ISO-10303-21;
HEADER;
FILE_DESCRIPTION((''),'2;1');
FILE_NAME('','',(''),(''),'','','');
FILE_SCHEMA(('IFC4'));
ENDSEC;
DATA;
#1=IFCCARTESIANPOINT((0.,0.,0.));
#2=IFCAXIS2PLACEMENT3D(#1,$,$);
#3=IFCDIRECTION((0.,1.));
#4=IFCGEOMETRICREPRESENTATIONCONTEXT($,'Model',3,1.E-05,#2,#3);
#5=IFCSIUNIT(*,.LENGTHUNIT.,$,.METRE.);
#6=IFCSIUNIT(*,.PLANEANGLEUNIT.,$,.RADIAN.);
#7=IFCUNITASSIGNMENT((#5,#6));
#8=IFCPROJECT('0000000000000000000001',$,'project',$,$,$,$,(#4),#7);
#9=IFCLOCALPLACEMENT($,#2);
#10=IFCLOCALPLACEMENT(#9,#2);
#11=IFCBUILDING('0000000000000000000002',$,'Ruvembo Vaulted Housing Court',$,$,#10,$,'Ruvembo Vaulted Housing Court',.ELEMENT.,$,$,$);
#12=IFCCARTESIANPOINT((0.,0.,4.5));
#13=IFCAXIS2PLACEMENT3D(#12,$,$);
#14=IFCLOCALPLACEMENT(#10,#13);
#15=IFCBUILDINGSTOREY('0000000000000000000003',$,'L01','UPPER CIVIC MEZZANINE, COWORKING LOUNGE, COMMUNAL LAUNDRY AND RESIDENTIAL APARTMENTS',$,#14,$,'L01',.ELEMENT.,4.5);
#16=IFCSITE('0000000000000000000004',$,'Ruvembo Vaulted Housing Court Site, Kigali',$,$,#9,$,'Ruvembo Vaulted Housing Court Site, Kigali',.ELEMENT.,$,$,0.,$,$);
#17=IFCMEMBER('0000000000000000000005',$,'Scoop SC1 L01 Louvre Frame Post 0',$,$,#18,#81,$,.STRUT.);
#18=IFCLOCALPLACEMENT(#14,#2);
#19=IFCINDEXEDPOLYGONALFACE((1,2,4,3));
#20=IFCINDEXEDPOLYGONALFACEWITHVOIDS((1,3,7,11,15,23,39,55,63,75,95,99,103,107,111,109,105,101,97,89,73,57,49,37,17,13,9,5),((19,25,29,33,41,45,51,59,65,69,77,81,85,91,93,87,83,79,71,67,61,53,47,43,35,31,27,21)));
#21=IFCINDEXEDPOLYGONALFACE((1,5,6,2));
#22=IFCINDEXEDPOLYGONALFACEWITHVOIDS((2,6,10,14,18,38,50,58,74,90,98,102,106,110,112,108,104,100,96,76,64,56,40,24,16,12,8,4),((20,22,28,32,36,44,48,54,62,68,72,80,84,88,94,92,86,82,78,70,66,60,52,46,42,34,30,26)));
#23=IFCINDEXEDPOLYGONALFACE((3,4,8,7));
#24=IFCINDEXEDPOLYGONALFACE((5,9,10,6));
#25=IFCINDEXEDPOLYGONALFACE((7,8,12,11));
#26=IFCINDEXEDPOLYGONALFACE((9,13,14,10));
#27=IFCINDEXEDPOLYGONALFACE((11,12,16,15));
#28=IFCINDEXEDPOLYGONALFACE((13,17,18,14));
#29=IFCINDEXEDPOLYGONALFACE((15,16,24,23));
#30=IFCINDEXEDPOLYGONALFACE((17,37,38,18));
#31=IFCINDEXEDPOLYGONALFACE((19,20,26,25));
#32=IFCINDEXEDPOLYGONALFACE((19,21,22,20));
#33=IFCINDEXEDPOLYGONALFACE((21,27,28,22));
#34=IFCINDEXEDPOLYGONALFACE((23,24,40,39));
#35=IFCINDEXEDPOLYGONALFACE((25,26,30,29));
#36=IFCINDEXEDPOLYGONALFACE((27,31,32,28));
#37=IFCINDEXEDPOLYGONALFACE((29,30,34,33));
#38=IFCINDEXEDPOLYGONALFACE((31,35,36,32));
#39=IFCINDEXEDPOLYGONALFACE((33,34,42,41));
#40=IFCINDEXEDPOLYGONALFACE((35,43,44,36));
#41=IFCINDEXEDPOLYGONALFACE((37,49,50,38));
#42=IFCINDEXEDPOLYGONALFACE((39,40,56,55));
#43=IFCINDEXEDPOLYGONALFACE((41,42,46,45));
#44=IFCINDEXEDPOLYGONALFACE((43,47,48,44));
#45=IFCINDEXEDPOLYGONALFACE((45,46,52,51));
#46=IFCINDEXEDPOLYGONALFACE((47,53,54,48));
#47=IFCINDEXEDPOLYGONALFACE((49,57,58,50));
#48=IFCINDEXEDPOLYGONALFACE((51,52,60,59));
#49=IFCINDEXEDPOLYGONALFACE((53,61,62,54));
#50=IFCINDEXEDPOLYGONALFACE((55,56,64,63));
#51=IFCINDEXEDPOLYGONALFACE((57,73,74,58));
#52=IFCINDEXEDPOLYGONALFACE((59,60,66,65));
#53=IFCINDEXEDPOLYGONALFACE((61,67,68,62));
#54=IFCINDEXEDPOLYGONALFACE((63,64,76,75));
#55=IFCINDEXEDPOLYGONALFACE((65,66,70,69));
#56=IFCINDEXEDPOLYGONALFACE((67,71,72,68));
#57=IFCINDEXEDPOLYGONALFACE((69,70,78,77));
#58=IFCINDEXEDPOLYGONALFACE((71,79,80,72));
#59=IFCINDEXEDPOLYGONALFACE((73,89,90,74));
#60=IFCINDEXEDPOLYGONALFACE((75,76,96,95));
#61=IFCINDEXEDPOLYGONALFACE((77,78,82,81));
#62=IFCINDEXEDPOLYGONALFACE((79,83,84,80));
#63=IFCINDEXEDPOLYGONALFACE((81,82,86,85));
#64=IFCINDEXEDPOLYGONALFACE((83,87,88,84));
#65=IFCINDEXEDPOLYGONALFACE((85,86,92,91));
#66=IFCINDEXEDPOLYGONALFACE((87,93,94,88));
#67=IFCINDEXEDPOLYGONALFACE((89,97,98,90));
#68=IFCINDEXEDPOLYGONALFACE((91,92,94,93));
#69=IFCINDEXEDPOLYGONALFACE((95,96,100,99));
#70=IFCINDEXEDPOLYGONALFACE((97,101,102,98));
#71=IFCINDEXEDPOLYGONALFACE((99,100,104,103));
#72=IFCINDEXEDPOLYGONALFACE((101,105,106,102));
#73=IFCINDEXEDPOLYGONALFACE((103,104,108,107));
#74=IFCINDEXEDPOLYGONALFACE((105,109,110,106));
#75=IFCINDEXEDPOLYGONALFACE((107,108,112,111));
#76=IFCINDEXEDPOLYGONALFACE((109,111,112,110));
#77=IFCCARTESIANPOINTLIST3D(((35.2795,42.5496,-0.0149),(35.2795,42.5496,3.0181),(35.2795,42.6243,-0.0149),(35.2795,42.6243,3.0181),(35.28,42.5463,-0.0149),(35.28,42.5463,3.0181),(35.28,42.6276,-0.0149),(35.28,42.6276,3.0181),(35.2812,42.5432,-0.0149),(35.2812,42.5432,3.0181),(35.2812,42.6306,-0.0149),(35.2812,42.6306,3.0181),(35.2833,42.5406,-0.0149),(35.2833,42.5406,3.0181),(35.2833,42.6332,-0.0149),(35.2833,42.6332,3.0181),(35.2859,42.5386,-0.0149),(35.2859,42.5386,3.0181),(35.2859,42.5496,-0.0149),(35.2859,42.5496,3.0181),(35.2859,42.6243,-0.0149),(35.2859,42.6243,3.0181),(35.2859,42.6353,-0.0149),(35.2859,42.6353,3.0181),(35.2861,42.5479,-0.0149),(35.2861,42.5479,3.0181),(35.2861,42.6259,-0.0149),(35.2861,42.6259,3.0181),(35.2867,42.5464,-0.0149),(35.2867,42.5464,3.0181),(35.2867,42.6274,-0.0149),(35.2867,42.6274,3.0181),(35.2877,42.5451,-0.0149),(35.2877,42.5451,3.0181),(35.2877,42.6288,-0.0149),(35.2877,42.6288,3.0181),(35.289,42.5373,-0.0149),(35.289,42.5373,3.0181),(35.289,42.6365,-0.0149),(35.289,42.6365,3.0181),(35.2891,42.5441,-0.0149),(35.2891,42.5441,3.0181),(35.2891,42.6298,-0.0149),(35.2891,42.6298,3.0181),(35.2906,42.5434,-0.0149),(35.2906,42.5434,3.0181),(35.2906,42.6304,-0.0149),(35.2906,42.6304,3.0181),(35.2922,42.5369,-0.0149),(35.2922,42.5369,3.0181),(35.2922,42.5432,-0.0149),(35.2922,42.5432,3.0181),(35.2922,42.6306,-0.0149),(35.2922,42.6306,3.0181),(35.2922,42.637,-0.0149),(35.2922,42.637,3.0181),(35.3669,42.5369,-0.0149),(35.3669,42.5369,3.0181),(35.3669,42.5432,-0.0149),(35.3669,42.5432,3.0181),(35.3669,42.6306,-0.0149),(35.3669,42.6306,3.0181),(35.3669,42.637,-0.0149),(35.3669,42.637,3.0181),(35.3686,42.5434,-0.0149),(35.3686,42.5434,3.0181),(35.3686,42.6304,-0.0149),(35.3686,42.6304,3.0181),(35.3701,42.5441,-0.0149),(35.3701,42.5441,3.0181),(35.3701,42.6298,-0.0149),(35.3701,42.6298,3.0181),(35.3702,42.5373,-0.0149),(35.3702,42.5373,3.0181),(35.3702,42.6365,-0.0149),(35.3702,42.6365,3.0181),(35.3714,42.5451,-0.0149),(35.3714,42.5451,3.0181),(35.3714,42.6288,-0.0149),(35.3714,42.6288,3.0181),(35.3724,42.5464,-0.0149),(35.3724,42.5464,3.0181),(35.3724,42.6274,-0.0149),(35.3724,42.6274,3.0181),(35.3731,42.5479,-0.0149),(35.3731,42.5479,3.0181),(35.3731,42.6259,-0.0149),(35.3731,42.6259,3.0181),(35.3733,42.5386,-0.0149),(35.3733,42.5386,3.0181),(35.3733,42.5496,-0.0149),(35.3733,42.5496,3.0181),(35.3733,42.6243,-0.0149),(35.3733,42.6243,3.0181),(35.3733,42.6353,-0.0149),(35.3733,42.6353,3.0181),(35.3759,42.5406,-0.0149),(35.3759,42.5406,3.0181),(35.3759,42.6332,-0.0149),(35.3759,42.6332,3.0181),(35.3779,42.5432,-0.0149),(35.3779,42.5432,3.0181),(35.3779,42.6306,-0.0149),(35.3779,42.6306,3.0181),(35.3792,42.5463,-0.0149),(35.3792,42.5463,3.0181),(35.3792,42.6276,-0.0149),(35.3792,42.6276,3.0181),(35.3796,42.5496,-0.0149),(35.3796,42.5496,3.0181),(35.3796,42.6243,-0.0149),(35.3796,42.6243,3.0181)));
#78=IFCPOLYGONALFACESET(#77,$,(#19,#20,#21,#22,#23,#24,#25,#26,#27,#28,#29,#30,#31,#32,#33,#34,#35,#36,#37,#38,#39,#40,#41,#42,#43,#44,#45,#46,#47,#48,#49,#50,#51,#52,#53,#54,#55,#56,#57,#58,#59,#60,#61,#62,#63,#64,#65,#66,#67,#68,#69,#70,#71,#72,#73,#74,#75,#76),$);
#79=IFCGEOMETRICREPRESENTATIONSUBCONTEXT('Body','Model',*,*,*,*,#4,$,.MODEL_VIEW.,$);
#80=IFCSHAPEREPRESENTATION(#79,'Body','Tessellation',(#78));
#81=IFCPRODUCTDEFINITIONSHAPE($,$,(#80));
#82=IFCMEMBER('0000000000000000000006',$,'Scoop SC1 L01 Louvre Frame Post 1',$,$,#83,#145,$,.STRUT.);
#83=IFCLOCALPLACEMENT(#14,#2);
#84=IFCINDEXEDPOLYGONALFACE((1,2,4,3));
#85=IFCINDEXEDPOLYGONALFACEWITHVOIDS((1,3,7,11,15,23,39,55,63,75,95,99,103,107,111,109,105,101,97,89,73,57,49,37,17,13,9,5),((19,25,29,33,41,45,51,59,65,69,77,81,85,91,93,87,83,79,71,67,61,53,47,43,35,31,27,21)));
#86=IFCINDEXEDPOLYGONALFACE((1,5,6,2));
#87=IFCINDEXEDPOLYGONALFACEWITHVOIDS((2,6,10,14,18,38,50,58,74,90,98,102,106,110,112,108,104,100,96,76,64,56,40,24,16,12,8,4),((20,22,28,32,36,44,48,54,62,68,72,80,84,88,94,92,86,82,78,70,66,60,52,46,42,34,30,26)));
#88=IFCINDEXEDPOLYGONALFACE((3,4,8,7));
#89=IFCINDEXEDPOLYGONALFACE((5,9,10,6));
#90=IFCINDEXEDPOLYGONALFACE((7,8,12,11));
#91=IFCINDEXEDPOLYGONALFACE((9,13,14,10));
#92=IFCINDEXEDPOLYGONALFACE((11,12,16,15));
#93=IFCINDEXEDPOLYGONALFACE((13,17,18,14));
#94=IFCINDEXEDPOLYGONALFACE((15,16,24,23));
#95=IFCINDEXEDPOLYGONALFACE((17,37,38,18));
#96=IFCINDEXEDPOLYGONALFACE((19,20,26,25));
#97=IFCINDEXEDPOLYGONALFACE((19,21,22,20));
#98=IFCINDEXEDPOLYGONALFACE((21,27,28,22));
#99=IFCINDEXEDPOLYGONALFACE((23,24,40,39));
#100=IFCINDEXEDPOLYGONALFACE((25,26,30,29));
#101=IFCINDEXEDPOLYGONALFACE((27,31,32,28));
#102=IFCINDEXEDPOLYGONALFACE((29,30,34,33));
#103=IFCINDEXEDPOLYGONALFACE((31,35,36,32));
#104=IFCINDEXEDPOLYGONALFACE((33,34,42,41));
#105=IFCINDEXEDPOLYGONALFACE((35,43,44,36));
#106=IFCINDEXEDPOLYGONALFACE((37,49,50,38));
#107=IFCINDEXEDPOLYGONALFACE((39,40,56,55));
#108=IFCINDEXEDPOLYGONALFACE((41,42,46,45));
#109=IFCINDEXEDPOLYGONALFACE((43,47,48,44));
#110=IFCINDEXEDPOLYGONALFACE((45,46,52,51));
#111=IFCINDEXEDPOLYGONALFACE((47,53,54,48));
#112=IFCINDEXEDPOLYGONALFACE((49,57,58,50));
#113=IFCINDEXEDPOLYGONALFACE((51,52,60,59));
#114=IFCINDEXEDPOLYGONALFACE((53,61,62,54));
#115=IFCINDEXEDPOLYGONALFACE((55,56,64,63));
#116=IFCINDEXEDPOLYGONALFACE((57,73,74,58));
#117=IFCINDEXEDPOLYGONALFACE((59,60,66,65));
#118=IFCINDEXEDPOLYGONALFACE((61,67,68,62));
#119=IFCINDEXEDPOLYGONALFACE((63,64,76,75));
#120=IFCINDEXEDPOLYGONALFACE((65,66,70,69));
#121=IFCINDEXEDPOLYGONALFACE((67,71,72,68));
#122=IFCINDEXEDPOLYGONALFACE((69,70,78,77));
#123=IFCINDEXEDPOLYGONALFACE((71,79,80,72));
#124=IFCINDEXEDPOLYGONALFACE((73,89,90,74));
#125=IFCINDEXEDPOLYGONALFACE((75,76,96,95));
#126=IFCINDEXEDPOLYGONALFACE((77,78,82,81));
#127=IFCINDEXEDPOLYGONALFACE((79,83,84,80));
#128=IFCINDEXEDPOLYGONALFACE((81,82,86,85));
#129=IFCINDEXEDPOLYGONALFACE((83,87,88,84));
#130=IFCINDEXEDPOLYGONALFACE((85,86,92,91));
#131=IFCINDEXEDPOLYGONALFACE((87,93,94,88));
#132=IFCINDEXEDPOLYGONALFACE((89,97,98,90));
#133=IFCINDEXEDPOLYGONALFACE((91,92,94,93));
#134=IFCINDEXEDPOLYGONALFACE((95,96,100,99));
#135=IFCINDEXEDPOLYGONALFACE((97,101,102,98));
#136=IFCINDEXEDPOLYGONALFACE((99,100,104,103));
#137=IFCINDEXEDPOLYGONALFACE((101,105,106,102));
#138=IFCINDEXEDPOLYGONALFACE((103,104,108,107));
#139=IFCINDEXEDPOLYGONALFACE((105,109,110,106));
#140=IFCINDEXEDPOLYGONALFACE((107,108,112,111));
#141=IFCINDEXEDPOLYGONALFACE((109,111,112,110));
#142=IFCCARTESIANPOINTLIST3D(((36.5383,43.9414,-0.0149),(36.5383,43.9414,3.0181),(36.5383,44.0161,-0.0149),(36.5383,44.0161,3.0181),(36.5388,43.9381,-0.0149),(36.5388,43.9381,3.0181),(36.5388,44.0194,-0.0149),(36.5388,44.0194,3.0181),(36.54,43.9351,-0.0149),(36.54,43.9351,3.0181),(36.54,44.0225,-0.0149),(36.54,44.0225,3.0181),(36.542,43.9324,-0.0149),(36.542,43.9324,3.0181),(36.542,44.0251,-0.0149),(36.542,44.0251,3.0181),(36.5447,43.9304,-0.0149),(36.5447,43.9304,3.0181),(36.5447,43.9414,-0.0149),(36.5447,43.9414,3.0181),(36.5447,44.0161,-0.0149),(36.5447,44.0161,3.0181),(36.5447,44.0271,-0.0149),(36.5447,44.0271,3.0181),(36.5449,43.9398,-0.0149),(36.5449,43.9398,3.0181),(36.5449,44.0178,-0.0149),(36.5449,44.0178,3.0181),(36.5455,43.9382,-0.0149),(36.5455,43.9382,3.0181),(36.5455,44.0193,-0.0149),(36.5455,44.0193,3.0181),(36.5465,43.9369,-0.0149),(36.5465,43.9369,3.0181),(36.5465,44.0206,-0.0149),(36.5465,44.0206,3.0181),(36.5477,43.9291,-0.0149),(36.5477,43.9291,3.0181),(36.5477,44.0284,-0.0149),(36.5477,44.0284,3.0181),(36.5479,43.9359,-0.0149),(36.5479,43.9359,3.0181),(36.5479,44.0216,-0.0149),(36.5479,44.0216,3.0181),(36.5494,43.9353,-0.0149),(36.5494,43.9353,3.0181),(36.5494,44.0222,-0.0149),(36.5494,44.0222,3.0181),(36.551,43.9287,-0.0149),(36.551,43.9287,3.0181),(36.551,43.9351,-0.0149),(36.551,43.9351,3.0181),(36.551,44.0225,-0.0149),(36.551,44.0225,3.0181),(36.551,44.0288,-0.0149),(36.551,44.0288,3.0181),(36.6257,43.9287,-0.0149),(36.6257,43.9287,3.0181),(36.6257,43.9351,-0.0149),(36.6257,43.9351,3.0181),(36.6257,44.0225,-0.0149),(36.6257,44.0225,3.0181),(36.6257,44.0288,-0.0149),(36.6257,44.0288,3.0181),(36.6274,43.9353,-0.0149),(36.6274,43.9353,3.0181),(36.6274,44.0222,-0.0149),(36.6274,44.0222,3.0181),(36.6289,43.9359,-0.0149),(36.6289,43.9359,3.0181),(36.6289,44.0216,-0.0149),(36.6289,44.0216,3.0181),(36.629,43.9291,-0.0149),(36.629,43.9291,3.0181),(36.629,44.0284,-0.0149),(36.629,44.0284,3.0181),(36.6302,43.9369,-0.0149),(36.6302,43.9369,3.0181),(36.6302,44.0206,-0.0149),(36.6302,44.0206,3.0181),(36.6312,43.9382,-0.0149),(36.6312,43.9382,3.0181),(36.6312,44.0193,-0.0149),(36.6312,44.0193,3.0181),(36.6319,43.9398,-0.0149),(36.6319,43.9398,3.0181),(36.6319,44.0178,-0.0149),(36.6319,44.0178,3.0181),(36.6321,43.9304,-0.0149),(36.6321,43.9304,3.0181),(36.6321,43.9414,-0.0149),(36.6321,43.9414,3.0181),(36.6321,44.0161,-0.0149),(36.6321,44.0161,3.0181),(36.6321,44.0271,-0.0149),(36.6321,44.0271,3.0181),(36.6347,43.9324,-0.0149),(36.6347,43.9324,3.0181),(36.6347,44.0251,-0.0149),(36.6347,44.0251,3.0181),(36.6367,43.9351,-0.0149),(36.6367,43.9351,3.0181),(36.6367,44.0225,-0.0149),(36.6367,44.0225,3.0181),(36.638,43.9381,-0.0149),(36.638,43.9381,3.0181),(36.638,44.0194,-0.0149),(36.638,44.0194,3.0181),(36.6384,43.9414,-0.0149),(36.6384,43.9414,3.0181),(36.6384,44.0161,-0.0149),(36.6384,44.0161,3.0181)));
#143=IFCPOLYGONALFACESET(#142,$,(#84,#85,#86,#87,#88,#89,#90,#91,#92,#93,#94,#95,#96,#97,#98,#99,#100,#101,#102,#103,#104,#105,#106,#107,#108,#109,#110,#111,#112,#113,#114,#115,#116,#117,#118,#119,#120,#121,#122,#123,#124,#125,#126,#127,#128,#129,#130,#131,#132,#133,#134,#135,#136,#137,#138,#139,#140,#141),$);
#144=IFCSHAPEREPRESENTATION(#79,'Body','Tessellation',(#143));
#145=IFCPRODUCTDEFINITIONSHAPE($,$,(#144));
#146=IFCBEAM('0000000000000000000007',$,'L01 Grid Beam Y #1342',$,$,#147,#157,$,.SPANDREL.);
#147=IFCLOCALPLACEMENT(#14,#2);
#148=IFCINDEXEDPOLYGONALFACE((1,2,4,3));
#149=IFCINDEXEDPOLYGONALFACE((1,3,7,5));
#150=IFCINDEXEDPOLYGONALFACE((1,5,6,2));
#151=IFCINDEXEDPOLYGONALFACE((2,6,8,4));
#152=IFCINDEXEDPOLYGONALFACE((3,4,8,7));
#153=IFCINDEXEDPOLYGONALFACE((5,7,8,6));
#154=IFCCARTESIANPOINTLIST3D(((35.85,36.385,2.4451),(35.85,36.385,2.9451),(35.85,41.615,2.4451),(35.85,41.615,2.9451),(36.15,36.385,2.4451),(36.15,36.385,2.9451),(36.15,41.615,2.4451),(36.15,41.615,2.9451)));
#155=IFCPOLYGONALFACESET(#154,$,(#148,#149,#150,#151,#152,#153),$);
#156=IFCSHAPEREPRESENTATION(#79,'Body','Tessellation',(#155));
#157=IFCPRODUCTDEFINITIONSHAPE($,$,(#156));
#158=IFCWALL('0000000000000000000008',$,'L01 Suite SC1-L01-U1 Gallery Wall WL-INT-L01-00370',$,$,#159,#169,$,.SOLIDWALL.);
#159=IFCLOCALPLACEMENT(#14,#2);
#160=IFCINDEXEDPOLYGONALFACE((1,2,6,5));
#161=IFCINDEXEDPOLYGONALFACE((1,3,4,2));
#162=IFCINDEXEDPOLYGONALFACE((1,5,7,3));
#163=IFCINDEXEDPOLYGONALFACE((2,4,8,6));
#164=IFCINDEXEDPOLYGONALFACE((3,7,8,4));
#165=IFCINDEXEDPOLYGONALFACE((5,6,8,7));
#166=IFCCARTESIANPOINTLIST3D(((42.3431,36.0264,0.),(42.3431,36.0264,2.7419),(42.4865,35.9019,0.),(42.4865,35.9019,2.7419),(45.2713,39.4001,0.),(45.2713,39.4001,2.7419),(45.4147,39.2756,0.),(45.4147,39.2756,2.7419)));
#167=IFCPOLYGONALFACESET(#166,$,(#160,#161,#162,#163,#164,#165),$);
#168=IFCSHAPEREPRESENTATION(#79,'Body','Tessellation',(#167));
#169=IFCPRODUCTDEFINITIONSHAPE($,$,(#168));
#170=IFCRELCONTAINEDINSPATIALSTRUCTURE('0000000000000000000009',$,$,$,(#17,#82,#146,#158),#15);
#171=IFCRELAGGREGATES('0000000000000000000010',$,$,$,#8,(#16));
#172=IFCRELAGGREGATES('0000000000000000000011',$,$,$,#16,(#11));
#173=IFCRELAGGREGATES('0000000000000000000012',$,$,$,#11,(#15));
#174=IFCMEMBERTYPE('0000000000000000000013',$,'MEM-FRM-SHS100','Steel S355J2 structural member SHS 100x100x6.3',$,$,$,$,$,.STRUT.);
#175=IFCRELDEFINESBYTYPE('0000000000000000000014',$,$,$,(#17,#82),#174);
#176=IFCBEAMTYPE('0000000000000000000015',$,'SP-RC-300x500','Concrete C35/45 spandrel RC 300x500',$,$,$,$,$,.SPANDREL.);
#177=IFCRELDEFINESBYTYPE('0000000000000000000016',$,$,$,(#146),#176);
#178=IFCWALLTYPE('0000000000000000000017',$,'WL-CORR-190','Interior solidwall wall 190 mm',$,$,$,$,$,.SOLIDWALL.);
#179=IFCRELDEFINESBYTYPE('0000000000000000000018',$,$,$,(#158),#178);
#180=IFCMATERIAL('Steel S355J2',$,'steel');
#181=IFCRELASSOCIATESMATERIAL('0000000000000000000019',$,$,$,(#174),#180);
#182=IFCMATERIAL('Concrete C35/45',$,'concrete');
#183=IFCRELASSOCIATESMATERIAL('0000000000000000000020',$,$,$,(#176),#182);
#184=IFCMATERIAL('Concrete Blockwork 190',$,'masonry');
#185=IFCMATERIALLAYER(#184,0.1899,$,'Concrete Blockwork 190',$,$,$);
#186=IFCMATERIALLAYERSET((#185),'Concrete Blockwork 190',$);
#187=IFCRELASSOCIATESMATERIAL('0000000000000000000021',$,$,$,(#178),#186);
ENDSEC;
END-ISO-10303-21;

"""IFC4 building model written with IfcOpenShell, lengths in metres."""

from ifc_helpers import new_model, si_unit, direction, frame, frame_2d, origin, origin_2d, place, context, subcontext, project, spatial, rectangle, hollow_rectangle, extrude, material, layer, layer_set, material_profile, profile_set, type_object, element, save


model = new_model("IFC4")

# Units and contexts
model_context = context("Model", 3, precision=1e-05, world=origin(), true_north=direction((0.0, 1.0)))
body_context = subcontext(model_context, "Body", "Model", "MODEL_VIEW")
ifc_project = project(units=[si_unit("LENGTHUNIT", "METRE"), si_unit("PLANEANGLEUNIT", "RADIAN")], contexts=[model_context])

# Site, building, storey
site_placement = place(None, origin())
site = spatial("IfcSite", under=ifc_project, at=site_placement, Name="Ruvembo Vaulted Housing Court Site, Kigali", LongName="Ruvembo Vaulted Housing Court Site, Kigali", CompositionType="ELEMENT", RefElevation=0.0)
building_placement = place(site_placement, origin())
building = spatial("IfcBuilding", under=site, at=building_placement, Name="Ruvembo Vaulted Housing Court", LongName="Ruvembo Vaulted Housing Court", CompositionType="ELEMENT")
storey_placement = place(building_placement, frame((0.0, 0.0, 4.5)))
storey = spatial("IfcBuildingStorey", under=building, at=storey_placement, Name="L01", Description="UPPER CIVIC MEZZANINE, COWORKING LOUNGE, COMMUNAL LAUNDRY AND RESIDENTIAL APARTMENTS", LongName="L01", CompositionType="ELEMENT", Elevation=4.5)

# Shared definitions
ifc_material_1 = material(Name="Steel S355J2", Category="steel")

# Members
ifc_material_profile_1 = material_profile(ifc_material_1, hollow_rectangle(XDim=0.1001, YDim=0.1001, WallThickness=0.0063, InnerFilletRadius=0.0063, OuterFilletRadius=0.0127, at=origin_2d()), Name="SHS 100x100x6.3")
ifc_profile_set_1 = profile_set([ifc_material_profile_1], Name="Steel S355J2")
member_type_1 = type_object("IfcMemberType", Name="MEM-FRM-SHS100", Description="Steel S355J2 structural member SHS 100x100x6.3", PredefinedType="STRUT", material=ifc_profile_set_1)
for number, where, z_axis, x_axis, name in (
    (1, (35.3296, 42.5869, -0.0149), (0.0, 0.0, 1.0), (1.0, 0.0, 0.0), "Scoop SC1 L01 Louvre Frame Post 0"),
    (2, (36.5884, 43.9788, -0.0149), (0.0, 0.0, 1.0), (1.0, 0.0, 0.0), "Scoop SC1 L01 Louvre Frame Post 1"),
):
    element("IfcMember", number, at=place(storey_placement, frame(where, z_axis=z_axis, x_axis=x_axis)), inside=storey, type_object=member_type_1, Name=name, PredefinedType="STRUT", context=body_context, shape_type="SweptSolid", body=[
        extrude(hollow_rectangle(XDim=0.1001, YDim=0.1001, WallThickness=0.0063, InnerFilletRadius=0.0063, OuterFilletRadius=0.0127, at=origin_2d()), origin(), (0.0, 0.0, 1.0), 3.033),
    ])

# Beam
ifc_material_2 = material(Name="Concrete C35/45", Category="concrete")
ifc_material_profile_2 = material_profile(ifc_material_2, rectangle(XDim=0.3, YDim=0.5, at=origin_2d()), Name="RC 300x500")
ifc_profile_set_2 = profile_set([ifc_material_profile_2], Name="Concrete C35/45")
beam_type_1 = type_object("IfcBeamType", Name="SP-RC-300x500", Description="Concrete C35/45 spandrel RC 300x500", PredefinedType="SPANDREL", material=ifc_profile_set_2)
beam_1_placement = place(storey_placement, frame((36.0, 36.385, 2.6951), z_axis=(0.0, 1.0, 0.0), x_axis=(-1.0, 0.0, 0.0)))
element("IfcBeam", 3, at=beam_1_placement, inside=storey, type_object=beam_type_1, Name="L01 Grid Beam Y #1342", PredefinedType="SPANDREL", context=body_context, shape_type="SweptSolid", body=[
    extrude(rectangle(XDim=0.3, YDim=0.5, at=origin_2d()), origin(), (0.0, 0.0, 1.0), 5.23),
])

# Wall
ifc_material_3 = material(Name="Concrete Blockwork 190", Category="masonry")
ifc_layer_1 = layer(ifc_material_3, 0.1899, Name="Concrete Blockwork 190")
ifc_layer_set_1 = layer_set([ifc_layer_1], Name="Concrete Blockwork 190")
wall_type_1 = type_object("IfcWallType", Name="WL-CORR-190", Description="Interior solidwall wall 190 mm", PredefinedType="SOLIDWALL", material=ifc_layer_set_1)
wall_1_placement = place(storey_placement, frame((42.4148, 35.9641, 0.0), z_axis=(0.0, 0.0, 1.0), x_axis=(0.655478, 0.755215, 0.0)))
element("IfcWall", 4, at=wall_1_placement, inside=storey, type_object=wall_type_1, Name="L01 Suite SC1-L01-U1 Gallery Wall WL-INT-L01-00370", PredefinedType="SOLIDWALL", context=body_context, shape_type="SweptSolid", body=[
    extrude(rectangle(XDim=4.4673, YDim=0.1899, at=frame_2d((2.2336, 0.0))), origin(), (0.0, 0.0, 1.0), 2.7419),
])

save(model, "model.ifc")
